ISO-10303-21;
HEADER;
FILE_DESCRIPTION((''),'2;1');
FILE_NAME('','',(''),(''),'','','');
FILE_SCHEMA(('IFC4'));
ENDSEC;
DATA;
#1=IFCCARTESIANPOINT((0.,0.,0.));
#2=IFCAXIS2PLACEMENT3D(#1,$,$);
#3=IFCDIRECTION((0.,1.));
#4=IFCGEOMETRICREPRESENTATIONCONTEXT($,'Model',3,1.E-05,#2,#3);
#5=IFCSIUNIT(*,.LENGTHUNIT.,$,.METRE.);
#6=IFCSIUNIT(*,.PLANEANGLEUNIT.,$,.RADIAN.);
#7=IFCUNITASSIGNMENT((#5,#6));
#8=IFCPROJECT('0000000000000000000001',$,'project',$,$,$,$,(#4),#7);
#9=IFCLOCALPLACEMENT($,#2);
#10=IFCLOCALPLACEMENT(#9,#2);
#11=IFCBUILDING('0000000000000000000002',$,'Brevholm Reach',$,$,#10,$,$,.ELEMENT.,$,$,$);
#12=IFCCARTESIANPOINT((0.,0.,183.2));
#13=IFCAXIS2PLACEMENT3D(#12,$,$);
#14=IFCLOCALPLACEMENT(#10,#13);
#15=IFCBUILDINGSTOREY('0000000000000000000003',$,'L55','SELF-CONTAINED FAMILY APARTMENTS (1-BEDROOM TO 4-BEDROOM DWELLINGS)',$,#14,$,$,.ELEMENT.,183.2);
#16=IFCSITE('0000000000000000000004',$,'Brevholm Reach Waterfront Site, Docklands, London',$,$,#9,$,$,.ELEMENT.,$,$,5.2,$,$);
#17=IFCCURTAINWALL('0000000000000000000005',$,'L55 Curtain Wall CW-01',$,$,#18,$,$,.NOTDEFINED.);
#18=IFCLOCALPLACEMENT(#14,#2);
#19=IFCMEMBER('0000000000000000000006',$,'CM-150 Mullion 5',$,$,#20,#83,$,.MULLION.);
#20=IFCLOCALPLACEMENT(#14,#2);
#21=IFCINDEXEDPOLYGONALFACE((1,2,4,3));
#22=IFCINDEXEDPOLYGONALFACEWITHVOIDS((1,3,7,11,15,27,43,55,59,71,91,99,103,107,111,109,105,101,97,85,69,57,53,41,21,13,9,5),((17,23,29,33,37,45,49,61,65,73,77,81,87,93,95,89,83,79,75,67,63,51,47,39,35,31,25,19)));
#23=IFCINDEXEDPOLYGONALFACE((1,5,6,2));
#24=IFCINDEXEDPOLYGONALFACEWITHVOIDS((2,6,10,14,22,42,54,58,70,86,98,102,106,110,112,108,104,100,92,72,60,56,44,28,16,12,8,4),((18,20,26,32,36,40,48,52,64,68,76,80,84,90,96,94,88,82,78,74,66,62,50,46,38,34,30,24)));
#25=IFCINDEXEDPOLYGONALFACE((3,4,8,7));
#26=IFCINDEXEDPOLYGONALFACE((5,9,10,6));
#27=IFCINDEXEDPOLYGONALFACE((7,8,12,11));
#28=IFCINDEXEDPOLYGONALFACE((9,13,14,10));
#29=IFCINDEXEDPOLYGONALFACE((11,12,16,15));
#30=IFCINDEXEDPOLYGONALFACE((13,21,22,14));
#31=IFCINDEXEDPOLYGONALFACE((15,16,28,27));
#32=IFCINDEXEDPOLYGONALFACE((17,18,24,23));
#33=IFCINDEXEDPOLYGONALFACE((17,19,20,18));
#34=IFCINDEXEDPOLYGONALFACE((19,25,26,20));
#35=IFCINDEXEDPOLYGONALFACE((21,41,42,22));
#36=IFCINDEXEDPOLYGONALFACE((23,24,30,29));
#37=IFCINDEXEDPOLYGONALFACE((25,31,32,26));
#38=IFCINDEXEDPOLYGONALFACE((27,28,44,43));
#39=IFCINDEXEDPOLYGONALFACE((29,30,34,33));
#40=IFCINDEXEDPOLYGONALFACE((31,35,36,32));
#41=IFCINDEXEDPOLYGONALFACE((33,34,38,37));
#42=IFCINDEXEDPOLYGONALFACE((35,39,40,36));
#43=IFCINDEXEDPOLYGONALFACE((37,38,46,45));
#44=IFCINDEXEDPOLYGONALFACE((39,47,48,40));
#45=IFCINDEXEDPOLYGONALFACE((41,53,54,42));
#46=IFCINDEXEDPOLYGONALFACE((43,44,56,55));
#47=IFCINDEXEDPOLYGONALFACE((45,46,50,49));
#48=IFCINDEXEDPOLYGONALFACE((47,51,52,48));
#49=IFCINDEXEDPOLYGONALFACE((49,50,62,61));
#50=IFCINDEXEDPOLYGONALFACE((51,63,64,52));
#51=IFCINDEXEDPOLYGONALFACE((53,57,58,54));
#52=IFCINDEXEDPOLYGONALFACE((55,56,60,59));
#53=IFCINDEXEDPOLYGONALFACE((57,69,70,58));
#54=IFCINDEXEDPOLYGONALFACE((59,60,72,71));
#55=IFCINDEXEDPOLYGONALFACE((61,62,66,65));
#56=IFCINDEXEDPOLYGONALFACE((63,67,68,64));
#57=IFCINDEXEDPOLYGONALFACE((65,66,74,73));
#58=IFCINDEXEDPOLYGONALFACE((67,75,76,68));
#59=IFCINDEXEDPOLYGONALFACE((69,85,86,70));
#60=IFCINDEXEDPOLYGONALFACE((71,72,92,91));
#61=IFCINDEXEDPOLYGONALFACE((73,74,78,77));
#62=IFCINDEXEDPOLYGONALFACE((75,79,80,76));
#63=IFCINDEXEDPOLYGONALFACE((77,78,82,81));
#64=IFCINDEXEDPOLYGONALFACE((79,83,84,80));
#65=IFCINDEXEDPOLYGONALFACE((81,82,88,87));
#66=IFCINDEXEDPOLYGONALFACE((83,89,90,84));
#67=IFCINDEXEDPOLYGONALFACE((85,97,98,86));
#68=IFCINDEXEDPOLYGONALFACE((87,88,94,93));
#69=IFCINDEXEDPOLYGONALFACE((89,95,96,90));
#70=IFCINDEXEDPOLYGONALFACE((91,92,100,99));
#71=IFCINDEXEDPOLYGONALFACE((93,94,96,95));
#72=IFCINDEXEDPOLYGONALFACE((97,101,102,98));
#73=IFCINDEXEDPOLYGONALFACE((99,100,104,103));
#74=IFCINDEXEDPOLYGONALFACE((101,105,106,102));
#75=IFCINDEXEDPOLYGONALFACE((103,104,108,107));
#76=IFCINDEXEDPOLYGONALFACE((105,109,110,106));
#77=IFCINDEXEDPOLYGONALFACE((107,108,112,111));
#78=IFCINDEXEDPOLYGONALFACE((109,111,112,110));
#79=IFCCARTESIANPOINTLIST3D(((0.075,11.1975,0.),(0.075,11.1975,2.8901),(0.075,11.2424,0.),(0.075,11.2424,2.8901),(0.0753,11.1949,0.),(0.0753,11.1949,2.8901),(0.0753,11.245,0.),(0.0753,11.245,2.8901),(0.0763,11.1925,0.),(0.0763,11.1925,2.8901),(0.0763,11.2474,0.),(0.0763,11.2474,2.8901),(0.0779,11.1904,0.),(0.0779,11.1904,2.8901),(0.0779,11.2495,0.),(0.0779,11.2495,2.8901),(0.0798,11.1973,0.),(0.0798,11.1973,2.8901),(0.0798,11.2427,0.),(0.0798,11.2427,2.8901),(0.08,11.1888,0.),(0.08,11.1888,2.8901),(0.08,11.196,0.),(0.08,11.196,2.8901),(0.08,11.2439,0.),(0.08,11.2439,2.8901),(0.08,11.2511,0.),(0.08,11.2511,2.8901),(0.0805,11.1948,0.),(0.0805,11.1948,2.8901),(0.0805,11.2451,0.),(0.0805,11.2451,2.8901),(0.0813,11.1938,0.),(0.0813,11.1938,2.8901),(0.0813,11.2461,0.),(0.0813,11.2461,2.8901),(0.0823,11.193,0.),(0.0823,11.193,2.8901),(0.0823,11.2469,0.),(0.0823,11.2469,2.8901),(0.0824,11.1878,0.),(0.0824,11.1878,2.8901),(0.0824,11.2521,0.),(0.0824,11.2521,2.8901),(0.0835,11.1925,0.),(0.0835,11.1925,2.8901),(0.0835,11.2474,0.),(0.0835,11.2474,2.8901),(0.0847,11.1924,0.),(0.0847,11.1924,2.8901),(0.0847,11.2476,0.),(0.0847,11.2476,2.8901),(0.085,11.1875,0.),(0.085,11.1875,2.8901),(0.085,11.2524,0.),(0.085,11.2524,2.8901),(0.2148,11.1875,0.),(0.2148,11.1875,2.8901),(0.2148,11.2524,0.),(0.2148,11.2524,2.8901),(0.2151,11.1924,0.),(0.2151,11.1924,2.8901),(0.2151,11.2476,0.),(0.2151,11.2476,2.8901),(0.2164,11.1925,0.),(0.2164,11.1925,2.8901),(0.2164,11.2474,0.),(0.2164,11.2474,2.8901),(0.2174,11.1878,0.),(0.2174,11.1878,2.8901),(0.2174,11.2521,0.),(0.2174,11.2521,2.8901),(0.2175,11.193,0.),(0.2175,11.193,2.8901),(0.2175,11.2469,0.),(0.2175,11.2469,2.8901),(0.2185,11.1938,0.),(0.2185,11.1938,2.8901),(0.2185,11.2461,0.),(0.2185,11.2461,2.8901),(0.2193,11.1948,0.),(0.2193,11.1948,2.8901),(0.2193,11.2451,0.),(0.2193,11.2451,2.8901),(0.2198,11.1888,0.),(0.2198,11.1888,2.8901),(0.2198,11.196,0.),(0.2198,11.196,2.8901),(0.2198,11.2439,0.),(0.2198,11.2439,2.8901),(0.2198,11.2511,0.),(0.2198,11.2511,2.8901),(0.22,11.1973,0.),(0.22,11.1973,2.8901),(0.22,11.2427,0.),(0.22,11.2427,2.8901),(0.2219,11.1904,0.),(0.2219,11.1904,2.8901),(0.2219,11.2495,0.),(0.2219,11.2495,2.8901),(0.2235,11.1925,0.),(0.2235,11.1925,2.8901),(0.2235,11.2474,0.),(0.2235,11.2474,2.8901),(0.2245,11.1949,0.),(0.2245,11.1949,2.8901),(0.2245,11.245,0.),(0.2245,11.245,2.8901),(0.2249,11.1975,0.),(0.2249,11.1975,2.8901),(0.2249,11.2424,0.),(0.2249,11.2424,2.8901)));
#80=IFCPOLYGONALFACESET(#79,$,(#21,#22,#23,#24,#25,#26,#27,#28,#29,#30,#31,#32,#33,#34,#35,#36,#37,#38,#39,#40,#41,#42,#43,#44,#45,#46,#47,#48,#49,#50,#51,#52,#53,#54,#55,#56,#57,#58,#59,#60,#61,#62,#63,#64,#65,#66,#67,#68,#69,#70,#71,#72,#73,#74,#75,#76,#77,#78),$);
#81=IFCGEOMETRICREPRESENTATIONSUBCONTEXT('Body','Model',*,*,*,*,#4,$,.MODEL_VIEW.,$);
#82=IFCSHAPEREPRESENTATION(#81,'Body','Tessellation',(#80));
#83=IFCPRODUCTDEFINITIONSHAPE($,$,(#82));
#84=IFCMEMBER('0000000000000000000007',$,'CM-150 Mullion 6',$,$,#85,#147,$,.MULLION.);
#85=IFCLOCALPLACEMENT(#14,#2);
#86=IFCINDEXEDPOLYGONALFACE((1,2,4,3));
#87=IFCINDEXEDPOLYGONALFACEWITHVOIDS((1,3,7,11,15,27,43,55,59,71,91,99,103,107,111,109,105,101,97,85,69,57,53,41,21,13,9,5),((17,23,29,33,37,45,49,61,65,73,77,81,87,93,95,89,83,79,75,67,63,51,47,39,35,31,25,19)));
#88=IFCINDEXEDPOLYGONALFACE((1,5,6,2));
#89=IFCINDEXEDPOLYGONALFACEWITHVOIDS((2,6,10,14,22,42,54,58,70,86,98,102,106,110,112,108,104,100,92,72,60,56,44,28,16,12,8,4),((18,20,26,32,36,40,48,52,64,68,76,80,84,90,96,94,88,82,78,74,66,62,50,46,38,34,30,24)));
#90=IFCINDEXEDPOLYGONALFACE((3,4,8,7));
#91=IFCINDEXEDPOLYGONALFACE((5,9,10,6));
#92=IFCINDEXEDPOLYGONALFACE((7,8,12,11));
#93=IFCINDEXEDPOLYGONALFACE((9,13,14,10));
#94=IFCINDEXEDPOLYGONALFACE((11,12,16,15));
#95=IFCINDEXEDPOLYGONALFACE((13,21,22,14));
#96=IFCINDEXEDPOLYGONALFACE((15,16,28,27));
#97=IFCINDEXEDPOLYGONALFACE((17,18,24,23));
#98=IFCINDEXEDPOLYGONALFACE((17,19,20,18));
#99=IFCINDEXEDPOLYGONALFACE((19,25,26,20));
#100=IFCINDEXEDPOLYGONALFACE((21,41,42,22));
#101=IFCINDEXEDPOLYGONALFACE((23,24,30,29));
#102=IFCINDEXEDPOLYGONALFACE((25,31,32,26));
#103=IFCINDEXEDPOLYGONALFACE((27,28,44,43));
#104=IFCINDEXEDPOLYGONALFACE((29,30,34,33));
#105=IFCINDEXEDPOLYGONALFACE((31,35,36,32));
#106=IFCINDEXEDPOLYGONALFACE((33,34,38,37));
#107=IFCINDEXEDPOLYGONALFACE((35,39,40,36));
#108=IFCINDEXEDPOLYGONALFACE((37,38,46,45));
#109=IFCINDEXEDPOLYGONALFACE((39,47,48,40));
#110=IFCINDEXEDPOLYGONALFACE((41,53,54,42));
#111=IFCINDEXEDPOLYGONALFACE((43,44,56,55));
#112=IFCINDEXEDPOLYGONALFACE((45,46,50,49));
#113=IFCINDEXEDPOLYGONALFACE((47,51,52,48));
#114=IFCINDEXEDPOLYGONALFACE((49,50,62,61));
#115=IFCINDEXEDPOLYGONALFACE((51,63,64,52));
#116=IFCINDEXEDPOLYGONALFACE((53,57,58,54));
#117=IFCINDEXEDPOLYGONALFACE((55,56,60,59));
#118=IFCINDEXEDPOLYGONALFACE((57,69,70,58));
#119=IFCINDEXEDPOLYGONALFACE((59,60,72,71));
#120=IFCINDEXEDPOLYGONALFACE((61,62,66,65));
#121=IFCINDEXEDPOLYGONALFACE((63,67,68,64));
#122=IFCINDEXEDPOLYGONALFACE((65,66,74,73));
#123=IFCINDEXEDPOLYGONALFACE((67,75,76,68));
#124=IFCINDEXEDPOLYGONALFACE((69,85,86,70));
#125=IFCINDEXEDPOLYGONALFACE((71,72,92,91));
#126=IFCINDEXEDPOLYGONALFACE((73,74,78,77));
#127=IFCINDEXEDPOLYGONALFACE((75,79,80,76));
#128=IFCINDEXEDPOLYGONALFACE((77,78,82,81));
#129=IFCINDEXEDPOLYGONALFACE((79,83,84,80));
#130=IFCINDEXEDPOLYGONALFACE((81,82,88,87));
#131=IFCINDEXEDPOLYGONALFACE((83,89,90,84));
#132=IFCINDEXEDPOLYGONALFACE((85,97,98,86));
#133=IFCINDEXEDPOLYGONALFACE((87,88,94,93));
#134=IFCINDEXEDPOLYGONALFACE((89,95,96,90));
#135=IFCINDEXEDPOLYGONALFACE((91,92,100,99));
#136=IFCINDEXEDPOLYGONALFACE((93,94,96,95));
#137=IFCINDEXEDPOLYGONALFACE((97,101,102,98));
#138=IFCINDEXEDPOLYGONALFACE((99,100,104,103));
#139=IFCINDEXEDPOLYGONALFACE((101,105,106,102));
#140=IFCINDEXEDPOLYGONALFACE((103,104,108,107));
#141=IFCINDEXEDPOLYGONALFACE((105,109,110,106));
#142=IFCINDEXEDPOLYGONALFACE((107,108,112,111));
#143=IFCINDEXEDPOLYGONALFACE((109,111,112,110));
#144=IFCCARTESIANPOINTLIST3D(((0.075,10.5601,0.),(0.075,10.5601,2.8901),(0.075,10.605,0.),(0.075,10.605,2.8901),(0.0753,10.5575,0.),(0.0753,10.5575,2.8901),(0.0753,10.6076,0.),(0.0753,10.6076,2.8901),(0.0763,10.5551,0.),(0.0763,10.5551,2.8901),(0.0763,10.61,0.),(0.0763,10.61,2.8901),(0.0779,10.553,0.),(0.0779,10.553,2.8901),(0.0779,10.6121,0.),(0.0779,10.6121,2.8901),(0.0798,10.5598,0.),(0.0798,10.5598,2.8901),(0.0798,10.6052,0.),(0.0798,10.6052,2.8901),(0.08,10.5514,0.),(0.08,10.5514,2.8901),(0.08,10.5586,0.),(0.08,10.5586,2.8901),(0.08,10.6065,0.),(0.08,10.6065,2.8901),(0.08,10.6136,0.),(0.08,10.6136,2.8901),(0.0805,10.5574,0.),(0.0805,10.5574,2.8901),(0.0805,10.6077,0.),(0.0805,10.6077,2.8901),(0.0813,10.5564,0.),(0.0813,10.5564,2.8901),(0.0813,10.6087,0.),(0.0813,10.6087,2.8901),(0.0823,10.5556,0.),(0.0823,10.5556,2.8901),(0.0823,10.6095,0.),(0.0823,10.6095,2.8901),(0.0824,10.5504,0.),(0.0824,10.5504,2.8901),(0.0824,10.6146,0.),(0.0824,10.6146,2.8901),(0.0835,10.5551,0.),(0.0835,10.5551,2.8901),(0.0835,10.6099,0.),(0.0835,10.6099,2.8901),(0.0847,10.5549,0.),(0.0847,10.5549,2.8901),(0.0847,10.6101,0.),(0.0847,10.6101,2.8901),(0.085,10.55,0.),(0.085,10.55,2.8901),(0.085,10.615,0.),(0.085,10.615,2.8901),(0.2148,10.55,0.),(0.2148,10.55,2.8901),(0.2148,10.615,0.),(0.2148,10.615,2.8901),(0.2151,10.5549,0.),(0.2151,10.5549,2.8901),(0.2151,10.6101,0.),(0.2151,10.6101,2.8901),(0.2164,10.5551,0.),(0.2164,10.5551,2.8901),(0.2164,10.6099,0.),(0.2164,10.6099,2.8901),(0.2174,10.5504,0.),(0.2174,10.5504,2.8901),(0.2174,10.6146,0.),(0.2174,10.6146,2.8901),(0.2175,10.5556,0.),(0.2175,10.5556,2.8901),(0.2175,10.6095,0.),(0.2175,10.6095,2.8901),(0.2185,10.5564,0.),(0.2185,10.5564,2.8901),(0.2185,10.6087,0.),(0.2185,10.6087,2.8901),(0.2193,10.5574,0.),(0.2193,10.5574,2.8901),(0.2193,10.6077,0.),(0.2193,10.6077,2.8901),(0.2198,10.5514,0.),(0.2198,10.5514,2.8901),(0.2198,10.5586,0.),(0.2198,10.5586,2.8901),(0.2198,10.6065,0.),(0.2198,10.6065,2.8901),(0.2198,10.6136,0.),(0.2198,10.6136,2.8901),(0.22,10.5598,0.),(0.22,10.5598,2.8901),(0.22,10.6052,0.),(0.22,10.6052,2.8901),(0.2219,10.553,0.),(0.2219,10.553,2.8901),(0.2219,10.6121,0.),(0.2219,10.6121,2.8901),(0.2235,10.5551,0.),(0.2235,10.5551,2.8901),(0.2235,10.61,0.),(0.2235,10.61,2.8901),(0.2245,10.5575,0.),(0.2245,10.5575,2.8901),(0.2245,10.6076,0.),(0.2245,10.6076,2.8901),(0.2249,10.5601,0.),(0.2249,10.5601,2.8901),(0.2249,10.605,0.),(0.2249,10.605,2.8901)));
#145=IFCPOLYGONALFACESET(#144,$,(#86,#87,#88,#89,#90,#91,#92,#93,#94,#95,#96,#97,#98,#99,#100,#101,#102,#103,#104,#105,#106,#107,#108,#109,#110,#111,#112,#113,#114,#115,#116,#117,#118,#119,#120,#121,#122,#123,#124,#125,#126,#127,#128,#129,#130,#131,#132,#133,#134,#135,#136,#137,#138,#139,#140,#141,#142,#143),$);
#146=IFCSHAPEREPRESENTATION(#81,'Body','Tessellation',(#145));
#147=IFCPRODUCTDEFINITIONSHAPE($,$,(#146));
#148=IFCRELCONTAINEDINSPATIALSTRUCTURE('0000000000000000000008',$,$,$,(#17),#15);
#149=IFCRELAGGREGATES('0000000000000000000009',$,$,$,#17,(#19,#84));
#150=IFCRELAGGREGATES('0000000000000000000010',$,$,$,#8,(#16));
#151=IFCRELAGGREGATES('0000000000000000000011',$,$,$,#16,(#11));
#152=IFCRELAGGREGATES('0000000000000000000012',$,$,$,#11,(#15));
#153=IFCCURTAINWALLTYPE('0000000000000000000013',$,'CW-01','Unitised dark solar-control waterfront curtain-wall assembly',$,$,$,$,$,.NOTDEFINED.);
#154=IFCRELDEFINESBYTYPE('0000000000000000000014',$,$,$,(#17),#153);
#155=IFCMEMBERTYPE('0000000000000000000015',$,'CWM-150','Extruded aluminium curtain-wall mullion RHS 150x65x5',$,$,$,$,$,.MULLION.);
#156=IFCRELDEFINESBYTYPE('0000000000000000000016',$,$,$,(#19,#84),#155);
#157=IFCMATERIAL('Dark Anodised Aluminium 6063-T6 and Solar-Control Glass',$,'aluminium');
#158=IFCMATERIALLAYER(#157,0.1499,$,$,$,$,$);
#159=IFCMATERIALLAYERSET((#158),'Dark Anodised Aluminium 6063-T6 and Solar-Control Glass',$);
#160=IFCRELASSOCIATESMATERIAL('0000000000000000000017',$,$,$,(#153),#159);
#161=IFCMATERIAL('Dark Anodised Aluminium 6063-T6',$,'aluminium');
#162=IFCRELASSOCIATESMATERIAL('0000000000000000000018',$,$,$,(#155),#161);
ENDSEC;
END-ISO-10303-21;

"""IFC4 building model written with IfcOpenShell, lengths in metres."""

from ifc_helpers import new_model, si_unit, direction, frame, origin, origin_2d, place, context, subcontext, project, spatial, hollow_rectangle, extrude, material, layer, layer_set, material_profile, profile_set, type_object, element, aggregate, save


model = new_model("IFC4")

# Units and contexts
model_context = context("Model", 3, precision=1e-05, world=origin(), true_north=direction((0.0, 1.0)))
body_context = subcontext(model_context, "Body", "Model", "MODEL_VIEW")
ifc_project = project(units=[si_unit("LENGTHUNIT", "METRE"), si_unit("PLANEANGLEUNIT", "RADIAN")], contexts=[model_context])

# Site, building, storey
site_placement = place(None, origin())
site = spatial("IfcSite", under=ifc_project, at=site_placement, Name="Brevholm Reach Waterfront Site, Docklands, London", CompositionType="ELEMENT", RefElevation=5.2)
building_placement = place(site_placement, origin())
building = spatial("IfcBuilding", under=site, at=building_placement, Name="Brevholm Reach", CompositionType="ELEMENT")
storey_placement = place(building_placement, frame((0.0, 0.0, 183.2)))
storey = spatial("IfcBuildingStorey", under=building, at=storey_placement, Name="L55", Description="SELF-CONTAINED FAMILY APARTMENTS (1-BEDROOM TO 4-BEDROOM DWELLINGS)", CompositionType="ELEMENT", Elevation=183.2)

# Curtain wall, members
ifc_material_1 = material(Name="Dark Anodised Aluminium 6063-T6 and Solar-Control Glass", Category="aluminium")
ifc_layer_1 = layer(ifc_material_1, 0.1499)
ifc_layer_set_1 = layer_set([ifc_layer_1], Name="Dark Anodised Aluminium 6063-T6 and Solar-Control Glass")
curtain_wall_type = type_object("IfcCurtainWallType", Name="CW-01", Description="Unitised dark solar-control waterfront curtain-wall assembly", PredefinedType="NOTDEFINED", material=ifc_layer_set_1)
curtain_wall_placement = place(storey_placement, origin())
curtain_wall = element("IfcCurtainWall", 1, at=curtain_wall_placement, inside=storey, type_object=curtain_wall_type, Name="L55 Curtain Wall CW-01", PredefinedType="NOTDEFINED")
ifc_material_2 = material(Name="Dark Anodised Aluminium 6063-T6", Category="aluminium")
ifc_material_profile_1 = material_profile(ifc_material_2, hollow_rectangle(XDim=0.0649, YDim=0.1499, WallThickness=0.0049, InnerFilletRadius=0.0049, OuterFilletRadius=0.01, at=origin_2d()), Name="RHS 150x65x5")
ifc_profile_set_1 = profile_set([ifc_material_profile_1], Name="Dark Anodised Aluminium 6063-T6")
member_type_1 = type_object("IfcMemberType", Name="CWM-150", Description="Extruded aluminium curtain-wall mullion RHS 150x65x5", PredefinedType="MULLION", material=ifc_profile_set_1)
member_1_placement = place(storey_placement, frame((0.1499, 11.22, 0.0), z_axis=(0.0, 0.0, 1.0), x_axis=(0.0, -1.0, 0.0)))
member_1 = element("IfcMember", 2, at=member_1_placement, type_object=member_type_1, Name="CM-150 Mullion 5", PredefinedType="MULLION", context=body_context, shape_type="SweptSolid", body=[
    extrude(hollow_rectangle(XDim=0.0649, YDim=0.1499, WallThickness=0.0049, InnerFilletRadius=0.0049, OuterFilletRadius=0.01, at=origin_2d()), origin(), (0.0, 0.0, 1.0), 2.8901),
])
member_2_placement = place(storey_placement, frame((0.1499, 10.5825, 0.0), z_axis=(0.0, 0.0, 1.0), x_axis=(0.0, -1.0, 0.0)))
member_2 = element("IfcMember", 3, at=member_2_placement, type_object=member_type_1, Name="CM-150 Mullion 6", PredefinedType="MULLION", context=body_context, shape_type="SweptSolid", body=[
    extrude(hollow_rectangle(XDim=0.0649, YDim=0.1499, WallThickness=0.0049, InnerFilletRadius=0.0049, OuterFilletRadius=0.01, at=origin_2d()), origin(), (0.0, 0.0, 1.0), 2.8901),
])
aggregate(curtain_wall, [member_1, member_2])

save(model, "model.ifc")
